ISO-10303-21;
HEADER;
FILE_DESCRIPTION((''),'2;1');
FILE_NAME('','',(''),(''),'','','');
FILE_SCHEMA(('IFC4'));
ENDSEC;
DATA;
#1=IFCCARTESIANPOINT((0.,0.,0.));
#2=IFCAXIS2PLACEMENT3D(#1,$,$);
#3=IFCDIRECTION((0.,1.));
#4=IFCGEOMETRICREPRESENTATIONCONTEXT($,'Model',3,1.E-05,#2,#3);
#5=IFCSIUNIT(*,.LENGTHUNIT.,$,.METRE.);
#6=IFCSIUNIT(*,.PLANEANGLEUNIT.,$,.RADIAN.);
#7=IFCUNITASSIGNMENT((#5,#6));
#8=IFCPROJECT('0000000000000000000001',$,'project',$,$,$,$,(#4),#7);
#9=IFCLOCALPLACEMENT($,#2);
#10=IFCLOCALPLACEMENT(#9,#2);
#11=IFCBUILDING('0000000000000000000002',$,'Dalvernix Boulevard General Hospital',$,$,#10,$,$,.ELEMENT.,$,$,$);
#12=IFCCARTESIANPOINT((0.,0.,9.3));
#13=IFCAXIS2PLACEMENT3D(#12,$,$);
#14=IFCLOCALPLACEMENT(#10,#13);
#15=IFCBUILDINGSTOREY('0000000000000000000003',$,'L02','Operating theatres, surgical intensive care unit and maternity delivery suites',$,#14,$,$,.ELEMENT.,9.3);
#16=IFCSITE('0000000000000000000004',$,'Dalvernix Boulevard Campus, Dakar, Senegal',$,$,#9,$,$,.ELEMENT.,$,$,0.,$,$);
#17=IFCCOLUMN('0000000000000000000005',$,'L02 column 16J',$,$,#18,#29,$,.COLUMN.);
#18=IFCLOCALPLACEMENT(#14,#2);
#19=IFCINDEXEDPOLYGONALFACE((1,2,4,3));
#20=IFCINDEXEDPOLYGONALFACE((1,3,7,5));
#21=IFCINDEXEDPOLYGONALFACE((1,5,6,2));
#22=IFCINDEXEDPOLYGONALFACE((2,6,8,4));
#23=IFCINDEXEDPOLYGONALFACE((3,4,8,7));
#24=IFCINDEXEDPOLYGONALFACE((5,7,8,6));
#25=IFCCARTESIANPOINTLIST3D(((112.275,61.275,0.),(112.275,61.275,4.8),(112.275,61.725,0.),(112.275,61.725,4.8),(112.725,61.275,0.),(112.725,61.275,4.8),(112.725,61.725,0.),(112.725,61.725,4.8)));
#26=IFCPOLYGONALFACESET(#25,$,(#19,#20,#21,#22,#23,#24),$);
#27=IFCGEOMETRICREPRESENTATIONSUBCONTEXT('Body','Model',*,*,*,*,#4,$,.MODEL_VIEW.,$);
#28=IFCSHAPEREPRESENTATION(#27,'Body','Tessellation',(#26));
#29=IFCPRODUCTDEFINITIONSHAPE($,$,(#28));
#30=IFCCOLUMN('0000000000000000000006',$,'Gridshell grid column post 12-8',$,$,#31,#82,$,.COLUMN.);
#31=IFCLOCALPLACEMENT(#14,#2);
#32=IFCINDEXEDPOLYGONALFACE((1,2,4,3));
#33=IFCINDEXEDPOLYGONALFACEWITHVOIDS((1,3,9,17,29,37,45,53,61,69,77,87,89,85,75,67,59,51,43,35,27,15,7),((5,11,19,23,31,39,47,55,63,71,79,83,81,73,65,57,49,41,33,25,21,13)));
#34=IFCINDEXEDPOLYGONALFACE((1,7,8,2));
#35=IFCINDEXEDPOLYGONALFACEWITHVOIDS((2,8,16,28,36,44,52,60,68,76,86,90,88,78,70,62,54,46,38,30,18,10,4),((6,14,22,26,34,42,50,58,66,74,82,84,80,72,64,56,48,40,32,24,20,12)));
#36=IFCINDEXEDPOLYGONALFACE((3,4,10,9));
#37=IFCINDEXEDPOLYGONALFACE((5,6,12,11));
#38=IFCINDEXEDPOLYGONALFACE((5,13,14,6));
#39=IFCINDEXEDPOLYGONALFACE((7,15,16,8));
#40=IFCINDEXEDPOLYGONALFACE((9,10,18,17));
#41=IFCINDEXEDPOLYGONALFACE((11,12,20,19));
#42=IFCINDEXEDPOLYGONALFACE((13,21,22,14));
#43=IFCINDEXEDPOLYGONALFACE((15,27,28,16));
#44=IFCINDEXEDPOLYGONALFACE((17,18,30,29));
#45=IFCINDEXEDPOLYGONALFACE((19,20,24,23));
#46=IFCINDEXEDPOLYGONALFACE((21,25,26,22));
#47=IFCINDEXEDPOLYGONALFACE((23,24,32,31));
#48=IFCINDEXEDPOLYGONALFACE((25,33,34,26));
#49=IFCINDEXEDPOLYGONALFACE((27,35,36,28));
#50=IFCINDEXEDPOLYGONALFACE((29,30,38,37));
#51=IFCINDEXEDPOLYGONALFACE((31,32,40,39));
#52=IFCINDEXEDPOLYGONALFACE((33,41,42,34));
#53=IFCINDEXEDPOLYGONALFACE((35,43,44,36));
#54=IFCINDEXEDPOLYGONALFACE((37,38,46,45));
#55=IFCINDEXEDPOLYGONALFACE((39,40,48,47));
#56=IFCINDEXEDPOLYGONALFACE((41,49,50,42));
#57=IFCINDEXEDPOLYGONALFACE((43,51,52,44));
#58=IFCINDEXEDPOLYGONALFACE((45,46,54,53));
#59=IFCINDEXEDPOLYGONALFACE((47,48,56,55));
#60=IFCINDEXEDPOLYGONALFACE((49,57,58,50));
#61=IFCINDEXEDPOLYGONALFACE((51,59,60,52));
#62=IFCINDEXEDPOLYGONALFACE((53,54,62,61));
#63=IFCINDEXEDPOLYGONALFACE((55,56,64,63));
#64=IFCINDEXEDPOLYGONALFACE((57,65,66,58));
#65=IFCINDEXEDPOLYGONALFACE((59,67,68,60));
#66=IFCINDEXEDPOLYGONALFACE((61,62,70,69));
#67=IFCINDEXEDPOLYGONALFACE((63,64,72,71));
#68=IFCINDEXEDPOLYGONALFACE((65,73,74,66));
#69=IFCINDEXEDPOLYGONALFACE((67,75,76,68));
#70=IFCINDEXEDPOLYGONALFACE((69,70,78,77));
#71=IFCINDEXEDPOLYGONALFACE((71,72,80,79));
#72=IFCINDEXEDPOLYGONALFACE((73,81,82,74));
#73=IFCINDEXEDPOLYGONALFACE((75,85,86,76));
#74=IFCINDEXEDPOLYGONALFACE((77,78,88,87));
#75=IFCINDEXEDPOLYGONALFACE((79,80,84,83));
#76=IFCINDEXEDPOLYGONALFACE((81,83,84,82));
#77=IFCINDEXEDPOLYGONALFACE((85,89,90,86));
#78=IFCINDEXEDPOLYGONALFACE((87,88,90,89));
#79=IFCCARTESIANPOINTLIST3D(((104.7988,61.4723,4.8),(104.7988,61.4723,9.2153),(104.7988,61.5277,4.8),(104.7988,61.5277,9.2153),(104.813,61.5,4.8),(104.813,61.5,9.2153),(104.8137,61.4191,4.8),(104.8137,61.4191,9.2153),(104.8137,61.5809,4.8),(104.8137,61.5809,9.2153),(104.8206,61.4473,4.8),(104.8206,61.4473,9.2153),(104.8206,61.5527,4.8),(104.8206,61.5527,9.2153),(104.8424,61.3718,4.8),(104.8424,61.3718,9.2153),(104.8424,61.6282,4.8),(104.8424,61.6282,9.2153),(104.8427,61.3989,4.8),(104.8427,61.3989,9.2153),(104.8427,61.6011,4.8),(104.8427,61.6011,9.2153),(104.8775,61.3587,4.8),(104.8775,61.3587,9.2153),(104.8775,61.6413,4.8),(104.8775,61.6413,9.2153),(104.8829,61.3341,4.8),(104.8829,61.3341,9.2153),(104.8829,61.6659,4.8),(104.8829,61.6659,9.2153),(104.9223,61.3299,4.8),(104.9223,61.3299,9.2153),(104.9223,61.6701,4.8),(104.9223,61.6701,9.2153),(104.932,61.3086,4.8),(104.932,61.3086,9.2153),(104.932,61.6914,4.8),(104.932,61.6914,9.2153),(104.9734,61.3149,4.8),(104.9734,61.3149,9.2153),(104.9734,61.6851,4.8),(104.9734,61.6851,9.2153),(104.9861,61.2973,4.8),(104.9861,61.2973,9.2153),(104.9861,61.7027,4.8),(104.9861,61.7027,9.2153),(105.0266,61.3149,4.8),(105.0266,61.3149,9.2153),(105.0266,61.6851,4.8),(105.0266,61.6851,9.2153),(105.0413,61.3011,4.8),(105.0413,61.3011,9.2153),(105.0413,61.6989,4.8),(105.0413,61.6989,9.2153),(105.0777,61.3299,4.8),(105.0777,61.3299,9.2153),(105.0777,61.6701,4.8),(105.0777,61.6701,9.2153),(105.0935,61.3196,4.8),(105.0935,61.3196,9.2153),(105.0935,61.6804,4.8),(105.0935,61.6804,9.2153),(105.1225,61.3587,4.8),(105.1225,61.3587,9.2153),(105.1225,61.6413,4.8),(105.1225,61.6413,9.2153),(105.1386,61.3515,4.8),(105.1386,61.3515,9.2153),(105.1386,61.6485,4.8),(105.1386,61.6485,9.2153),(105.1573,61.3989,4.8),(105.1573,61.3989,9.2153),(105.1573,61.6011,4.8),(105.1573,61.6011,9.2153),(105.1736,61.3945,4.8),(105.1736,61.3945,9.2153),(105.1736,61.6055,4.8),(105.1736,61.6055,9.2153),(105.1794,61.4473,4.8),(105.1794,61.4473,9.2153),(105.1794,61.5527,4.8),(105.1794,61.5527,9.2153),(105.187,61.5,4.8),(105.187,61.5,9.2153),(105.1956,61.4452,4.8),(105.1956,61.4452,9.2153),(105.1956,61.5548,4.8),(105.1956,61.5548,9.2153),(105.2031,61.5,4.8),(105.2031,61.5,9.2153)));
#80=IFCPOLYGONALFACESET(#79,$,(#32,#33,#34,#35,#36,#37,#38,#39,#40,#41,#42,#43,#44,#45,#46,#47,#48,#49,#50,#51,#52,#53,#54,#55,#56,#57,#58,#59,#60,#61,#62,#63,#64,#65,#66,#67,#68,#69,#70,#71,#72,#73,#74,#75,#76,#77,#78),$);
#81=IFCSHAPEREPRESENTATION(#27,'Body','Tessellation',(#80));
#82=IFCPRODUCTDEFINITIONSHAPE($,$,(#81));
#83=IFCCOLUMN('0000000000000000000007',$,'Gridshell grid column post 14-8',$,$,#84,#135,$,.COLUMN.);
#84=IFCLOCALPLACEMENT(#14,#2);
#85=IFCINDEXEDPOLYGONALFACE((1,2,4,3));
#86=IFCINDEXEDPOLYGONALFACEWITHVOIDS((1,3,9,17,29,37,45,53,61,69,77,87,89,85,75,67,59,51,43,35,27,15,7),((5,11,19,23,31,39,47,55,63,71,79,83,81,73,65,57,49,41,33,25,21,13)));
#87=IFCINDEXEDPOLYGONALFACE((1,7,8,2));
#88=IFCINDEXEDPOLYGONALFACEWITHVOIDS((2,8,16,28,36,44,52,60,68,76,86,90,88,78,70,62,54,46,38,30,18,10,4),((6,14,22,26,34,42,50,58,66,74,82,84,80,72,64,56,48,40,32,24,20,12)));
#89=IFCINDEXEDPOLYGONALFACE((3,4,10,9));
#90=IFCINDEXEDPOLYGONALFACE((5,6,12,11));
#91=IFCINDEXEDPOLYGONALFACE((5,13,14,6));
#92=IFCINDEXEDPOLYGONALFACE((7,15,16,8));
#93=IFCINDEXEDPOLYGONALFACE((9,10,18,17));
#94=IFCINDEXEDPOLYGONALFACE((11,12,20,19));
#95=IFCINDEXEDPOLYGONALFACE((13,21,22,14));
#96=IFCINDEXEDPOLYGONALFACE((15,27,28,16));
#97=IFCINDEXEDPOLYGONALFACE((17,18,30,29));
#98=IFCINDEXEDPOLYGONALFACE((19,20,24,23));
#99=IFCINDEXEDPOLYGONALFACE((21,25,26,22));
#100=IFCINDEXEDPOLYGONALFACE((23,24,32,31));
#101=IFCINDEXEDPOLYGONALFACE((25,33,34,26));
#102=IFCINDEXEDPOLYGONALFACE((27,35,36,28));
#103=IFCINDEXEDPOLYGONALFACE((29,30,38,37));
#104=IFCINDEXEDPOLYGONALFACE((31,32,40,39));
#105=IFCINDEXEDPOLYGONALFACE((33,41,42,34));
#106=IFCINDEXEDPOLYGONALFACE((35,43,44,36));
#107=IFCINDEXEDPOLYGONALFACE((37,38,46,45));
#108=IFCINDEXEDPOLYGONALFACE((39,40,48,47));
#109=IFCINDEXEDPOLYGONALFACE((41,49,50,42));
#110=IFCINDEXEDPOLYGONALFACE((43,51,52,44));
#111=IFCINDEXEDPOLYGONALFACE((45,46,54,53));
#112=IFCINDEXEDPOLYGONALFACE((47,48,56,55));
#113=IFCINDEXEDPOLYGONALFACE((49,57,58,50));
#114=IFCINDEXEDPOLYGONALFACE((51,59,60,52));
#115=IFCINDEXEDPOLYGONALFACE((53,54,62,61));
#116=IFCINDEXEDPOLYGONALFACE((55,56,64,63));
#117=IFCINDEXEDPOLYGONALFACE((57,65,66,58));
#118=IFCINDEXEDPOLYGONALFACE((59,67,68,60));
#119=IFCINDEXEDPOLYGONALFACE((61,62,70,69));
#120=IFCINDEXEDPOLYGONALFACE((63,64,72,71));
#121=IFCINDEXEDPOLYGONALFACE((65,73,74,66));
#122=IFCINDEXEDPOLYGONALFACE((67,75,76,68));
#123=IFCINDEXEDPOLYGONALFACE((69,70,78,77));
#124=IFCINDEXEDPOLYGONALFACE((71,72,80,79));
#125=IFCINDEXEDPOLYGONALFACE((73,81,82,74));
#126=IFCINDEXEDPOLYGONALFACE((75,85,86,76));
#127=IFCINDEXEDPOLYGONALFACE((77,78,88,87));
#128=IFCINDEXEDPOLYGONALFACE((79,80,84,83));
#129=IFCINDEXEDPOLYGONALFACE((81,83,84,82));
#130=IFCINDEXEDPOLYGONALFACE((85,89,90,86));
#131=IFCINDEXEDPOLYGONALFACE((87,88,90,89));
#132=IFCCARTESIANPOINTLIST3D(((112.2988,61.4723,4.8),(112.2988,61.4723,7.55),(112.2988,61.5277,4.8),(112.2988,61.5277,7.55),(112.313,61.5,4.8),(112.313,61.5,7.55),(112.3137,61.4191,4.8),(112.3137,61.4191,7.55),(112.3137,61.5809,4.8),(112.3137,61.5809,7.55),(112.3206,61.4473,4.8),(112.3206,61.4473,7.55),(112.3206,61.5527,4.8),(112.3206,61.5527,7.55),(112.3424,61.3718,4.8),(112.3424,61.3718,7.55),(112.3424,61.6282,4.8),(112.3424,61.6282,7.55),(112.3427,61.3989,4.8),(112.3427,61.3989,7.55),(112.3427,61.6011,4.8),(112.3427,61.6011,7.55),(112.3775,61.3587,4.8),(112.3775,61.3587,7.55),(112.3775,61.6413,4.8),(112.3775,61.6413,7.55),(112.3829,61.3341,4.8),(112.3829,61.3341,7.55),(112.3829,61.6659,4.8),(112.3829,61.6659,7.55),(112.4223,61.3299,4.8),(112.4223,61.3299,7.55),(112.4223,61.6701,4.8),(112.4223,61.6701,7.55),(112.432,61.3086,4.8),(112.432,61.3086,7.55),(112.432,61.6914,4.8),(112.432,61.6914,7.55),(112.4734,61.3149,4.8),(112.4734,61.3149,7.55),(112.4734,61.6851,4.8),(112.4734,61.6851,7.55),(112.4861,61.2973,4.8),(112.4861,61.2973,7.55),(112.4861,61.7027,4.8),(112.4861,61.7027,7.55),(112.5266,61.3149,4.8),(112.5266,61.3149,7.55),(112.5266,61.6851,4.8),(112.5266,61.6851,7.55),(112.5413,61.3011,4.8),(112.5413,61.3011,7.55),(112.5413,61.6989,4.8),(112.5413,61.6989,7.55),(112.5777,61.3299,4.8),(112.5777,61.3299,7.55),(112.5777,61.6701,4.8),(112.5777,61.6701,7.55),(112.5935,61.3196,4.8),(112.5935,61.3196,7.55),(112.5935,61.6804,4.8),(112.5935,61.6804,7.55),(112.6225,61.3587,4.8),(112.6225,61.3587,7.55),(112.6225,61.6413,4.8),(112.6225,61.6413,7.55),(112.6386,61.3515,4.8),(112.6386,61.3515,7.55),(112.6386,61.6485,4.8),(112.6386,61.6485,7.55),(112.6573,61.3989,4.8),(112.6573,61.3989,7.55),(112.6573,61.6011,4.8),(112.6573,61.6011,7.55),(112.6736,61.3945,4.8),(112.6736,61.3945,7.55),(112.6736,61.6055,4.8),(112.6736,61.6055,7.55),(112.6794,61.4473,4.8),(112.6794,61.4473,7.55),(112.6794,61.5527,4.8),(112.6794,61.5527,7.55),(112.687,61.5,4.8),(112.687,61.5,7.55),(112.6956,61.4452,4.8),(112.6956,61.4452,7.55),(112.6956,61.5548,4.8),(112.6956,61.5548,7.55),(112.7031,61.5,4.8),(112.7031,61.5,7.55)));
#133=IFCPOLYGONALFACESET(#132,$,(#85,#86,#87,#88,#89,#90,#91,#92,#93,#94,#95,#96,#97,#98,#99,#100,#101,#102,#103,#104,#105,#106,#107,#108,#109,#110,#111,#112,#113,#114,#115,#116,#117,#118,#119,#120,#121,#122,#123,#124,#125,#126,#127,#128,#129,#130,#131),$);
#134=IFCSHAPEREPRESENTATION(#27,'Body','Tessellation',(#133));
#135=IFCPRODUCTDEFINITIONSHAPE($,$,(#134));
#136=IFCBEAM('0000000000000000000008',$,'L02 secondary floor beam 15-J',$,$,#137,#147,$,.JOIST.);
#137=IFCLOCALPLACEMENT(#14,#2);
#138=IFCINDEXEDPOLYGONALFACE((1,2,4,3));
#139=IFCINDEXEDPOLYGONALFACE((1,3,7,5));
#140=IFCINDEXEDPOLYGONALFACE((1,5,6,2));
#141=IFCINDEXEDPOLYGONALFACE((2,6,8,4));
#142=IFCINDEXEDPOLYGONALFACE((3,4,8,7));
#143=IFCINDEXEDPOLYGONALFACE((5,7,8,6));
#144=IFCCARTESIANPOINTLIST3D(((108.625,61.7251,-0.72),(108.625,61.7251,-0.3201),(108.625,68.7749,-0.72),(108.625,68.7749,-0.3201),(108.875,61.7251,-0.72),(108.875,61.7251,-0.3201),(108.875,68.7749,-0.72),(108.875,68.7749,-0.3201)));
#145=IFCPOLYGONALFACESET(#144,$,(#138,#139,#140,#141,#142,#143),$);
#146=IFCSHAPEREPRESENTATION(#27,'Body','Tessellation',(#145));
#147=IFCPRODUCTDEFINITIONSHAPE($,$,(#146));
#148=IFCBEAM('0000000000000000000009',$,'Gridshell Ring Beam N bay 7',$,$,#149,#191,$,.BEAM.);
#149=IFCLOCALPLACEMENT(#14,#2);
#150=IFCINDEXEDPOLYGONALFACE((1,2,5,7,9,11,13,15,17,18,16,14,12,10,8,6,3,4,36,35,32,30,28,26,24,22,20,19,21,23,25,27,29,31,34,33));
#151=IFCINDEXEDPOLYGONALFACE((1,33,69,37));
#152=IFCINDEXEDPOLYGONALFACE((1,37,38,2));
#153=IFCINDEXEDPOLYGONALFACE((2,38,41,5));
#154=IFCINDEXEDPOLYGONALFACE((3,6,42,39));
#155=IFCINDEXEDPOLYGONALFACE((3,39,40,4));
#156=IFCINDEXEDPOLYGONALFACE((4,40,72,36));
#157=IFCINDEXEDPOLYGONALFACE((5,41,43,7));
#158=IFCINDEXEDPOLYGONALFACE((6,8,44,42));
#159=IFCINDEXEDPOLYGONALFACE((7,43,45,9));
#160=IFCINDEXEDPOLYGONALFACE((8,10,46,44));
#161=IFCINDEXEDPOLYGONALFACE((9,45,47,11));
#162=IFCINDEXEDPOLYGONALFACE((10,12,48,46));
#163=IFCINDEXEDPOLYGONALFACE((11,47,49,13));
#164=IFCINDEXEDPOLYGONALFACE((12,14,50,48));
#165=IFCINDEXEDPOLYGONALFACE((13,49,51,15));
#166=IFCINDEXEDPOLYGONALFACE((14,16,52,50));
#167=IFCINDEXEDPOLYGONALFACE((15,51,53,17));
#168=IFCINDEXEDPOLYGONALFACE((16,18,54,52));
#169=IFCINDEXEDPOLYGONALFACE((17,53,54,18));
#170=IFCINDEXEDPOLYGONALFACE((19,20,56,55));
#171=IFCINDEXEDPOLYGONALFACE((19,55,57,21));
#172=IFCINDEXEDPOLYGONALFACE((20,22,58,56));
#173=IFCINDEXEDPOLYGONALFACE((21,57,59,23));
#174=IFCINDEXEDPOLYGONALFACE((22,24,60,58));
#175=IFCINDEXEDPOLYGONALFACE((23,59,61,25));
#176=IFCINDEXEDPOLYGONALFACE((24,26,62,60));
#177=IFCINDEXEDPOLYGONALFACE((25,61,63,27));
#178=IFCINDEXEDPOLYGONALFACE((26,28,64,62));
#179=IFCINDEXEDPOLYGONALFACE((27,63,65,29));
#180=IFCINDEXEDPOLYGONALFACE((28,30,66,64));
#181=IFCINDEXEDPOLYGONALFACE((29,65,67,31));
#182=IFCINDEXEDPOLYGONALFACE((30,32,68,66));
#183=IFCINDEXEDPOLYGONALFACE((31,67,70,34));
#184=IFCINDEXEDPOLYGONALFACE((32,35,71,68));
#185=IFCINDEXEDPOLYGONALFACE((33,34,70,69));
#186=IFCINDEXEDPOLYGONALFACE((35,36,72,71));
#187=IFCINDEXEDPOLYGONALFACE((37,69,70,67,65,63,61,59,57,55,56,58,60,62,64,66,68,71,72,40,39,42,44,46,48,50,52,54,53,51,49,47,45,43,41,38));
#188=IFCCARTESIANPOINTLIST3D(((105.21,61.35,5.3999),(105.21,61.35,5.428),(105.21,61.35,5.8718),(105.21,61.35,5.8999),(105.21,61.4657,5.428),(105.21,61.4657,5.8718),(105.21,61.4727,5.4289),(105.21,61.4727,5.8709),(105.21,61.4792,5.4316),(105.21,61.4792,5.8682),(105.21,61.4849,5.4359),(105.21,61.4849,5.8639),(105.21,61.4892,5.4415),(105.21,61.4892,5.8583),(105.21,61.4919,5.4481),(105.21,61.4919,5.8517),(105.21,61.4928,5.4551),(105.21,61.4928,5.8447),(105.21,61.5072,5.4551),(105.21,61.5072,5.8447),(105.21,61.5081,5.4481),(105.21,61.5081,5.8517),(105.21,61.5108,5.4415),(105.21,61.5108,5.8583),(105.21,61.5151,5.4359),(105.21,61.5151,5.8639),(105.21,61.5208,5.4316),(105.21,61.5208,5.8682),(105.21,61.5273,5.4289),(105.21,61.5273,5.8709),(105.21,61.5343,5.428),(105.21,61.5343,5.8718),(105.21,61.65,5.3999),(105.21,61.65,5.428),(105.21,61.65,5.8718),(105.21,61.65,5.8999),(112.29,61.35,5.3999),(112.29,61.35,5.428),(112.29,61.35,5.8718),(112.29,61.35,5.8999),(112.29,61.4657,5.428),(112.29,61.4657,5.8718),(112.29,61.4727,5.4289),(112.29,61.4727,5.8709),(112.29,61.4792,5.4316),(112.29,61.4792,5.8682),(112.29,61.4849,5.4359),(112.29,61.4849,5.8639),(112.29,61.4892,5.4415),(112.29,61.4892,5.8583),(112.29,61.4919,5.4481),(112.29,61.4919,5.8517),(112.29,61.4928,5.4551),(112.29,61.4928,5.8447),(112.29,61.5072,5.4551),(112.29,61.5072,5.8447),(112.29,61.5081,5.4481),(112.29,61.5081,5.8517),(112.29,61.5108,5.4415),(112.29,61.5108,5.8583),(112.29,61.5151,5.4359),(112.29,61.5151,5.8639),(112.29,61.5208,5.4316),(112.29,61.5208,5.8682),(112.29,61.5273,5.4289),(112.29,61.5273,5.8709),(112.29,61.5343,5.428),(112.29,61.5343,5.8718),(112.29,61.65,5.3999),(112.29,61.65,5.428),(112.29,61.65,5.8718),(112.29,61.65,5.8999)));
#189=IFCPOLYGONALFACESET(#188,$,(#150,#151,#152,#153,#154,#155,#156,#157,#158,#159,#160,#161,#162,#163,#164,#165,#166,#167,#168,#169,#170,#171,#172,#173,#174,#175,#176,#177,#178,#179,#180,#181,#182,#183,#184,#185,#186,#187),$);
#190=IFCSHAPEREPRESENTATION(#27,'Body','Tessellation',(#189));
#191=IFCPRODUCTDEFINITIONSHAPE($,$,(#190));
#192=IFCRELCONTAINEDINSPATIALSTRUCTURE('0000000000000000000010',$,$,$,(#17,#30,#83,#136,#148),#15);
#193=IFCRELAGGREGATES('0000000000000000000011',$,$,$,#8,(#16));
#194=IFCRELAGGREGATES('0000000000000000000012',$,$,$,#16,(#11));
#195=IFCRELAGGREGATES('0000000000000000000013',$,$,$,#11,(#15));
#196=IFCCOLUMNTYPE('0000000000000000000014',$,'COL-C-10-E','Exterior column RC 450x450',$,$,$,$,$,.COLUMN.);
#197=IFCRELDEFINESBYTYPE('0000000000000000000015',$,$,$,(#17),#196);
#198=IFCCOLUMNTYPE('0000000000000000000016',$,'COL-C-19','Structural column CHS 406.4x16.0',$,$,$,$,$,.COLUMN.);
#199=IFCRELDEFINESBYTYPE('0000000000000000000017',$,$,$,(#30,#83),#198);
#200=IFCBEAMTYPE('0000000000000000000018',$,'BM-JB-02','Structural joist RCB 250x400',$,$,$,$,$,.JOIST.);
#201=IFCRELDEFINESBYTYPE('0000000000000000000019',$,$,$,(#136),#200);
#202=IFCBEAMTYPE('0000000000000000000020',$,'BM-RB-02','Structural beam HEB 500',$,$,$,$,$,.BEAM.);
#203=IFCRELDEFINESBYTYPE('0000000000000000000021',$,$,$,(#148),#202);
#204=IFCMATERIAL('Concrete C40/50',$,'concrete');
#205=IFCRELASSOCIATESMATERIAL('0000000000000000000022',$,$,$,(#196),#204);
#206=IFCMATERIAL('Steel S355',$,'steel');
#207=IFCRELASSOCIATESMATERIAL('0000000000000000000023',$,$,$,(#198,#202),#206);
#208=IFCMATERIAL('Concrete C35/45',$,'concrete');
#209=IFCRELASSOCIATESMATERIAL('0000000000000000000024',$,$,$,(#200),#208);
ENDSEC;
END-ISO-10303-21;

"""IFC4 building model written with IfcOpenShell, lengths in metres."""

from ifc_helpers import new_model, si_unit, direction, frame, origin, origin_2d, place, context, subcontext, project, spatial, rectangle, hollow_circle, i_section, extrude, material, material_profile, profile_set, type_object, element, save


model = new_model("IFC4")

# Units and contexts
model_context = context("Model", 3, precision=1e-05, world=origin(), true_north=direction((0.0, 1.0)))
body_context = subcontext(model_context, "Body", "Model", "MODEL_VIEW")
ifc_project = project(units=[si_unit("LENGTHUNIT", "METRE"), si_unit("PLANEANGLEUNIT", "RADIAN")], contexts=[model_context])

# Site, building, storey
site_placement = place(None, origin())
site = spatial("IfcSite", under=ifc_project, at=site_placement, Name="Dalvernix Boulevard Campus, Dakar, Senegal", CompositionType="ELEMENT", RefElevation=0.0)
building_placement = place(site_placement, origin())
building = spatial("IfcBuilding", under=site, at=building_placement, Name="Dalvernix Boulevard General Hospital", CompositionType="ELEMENT")
storey_placement = place(building_placement, frame((0.0, 0.0, 9.3)))
storey = spatial("IfcBuildingStorey", under=building, at=storey_placement, Name="L02", Description="Operating theatres, surgical intensive care unit and maternity delivery suites", CompositionType="ELEMENT", Elevation=9.3)

# Columns
ifc_material_1 = material(Name="Concrete C40/50", Category="concrete")
ifc_material_profile_1 = material_profile(ifc_material_1, rectangle(XDim=0.45, YDim=0.45, at=origin_2d()), Name="RC 450x450")
ifc_profile_set_1 = profile_set([ifc_material_profile_1], Name="Concrete C40/50")
column_type_1 = type_object("IfcColumnType", Name="COL-C-10-E", Description="Exterior column RC 450x450", PredefinedType="COLUMN", material=ifc_profile_set_1)
column_1_placement = place(storey_placement, frame((112.5, 61.5, 0.0), z_axis=(0.0, 0.0, 1.0), x_axis=(1.0, 0.0, 0.0)))
element("IfcColumn", 1, at=column_1_placement, inside=storey, type_object=column_type_1, Name="L02 column 16J", PredefinedType="COLUMN", context=body_context, shape_type="SweptSolid", body=[
    extrude(rectangle(XDim=0.45, YDim=0.45, at=origin_2d()), origin(), (0.0, 0.0, 1.0), 4.8),
])
ifc_material_2 = material(Name="Steel S355", Category="steel")
ifc_material_profile_2 = material_profile(ifc_material_2, hollow_circle(Radius=0.2031, WallThickness=0.0161, at=origin_2d()), Name="CHS 406.4x16.0")
ifc_profile_set_2 = profile_set([ifc_material_profile_2], Name="Steel S355")
column_type_2 = type_object("IfcColumnType", Name="COL-C-19", Description="Structural column CHS 406.4x16.0", PredefinedType="COLUMN", material=ifc_profile_set_2)
column_2_placement = place(storey_placement, frame((105.0, 61.5, 4.8), z_axis=(0.0, 0.0, 1.0), x_axis=(1.0, 0.0, 0.0)))
element("IfcColumn", 2, at=column_2_placement, inside=storey, type_object=column_type_2, Name="Gridshell grid column post 12-8", PredefinedType="COLUMN", context=body_context, shape_type="SweptSolid", body=[
    extrude(hollow_circle(Radius=0.2031, WallThickness=0.0161, at=origin_2d()), origin(), (0.0, 0.0, 1.0), 4.4153),
])
column_3_placement = place(storey_placement, frame((112.5, 61.5, 4.8), z_axis=(0.0, 0.0, 1.0), x_axis=(1.0, 0.0, 0.0)))
element("IfcColumn", 3, at=column_3_placement, inside=storey, type_object=column_type_2, Name="Gridshell grid column post 14-8", PredefinedType="COLUMN", context=body_context, shape_type="SweptSolid", body=[
    extrude(hollow_circle(Radius=0.2031, WallThickness=0.0161, at=origin_2d()), origin(), (0.0, 0.0, 1.0), 2.75),
])

# Beams
ifc_material_3 = material(Name="Concrete C35/45", Category="concrete")
ifc_material_profile_3 = material_profile(ifc_material_3, rectangle(XDim=0.25, YDim=0.3999, at=origin_2d()), Name="RCB 250x400")
ifc_profile_set_3 = profile_set([ifc_material_profile_3], Name="Concrete C35/45")
beam_type_1 = type_object("IfcBeamType", Name="BM-JB-02", Description="Structural joist RCB 250x400", PredefinedType="JOIST", material=ifc_profile_set_3)
beam_1_placement = place(storey_placement, frame((108.75, 61.7251, -0.52), z_axis=(0.0, 1.0, 0.0), x_axis=(-1.0, 0.0, 0.0)))
element("IfcBeam", 4, at=beam_1_placement, inside=storey, type_object=beam_type_1, Name="L02 secondary floor beam 15-J", PredefinedType="JOIST", context=body_context, shape_type="SweptSolid", body=[
    extrude(rectangle(XDim=0.25, YDim=0.3999, at=origin_2d()), origin(), (0.0, 0.0, 1.0), 7.0498),
])
ifc_material_profile_4 = material_profile(ifc_material_2, i_section(OverallWidth=0.3, OverallDepth=0.5, WebThickness=0.0144, FlangeThickness=0.0281, FilletRadius=0.0271, at=origin_2d()), Name="HEB 500")
ifc_profile_set_4 = profile_set([ifc_material_profile_4], Name="Steel S355")
beam_type_2 = type_object("IfcBeamType", Name="BM-RB-02", Description="Structural beam HEB 500", PredefinedType="BEAM", material=ifc_profile_set_4)
beam_2_placement = place(storey_placement, frame((105.21, 61.5, 5.6499), z_axis=(1.0, 0.0, 0.0), x_axis=(0.0, 1.0, 0.0)))
element("IfcBeam", 5, at=beam_2_placement, inside=storey, type_object=beam_type_2, Name="Gridshell Ring Beam N bay 7", PredefinedType="BEAM", context=body_context, shape_type="SweptSolid", body=[
    extrude(i_section(OverallWidth=0.3, OverallDepth=0.5, WebThickness=0.0144, FlangeThickness=0.0281, FilletRadius=0.0271, at=origin_2d()), origin(), (0.0, 0.0, 1.0), 7.0801),
])

save(model, "model.ifc")
